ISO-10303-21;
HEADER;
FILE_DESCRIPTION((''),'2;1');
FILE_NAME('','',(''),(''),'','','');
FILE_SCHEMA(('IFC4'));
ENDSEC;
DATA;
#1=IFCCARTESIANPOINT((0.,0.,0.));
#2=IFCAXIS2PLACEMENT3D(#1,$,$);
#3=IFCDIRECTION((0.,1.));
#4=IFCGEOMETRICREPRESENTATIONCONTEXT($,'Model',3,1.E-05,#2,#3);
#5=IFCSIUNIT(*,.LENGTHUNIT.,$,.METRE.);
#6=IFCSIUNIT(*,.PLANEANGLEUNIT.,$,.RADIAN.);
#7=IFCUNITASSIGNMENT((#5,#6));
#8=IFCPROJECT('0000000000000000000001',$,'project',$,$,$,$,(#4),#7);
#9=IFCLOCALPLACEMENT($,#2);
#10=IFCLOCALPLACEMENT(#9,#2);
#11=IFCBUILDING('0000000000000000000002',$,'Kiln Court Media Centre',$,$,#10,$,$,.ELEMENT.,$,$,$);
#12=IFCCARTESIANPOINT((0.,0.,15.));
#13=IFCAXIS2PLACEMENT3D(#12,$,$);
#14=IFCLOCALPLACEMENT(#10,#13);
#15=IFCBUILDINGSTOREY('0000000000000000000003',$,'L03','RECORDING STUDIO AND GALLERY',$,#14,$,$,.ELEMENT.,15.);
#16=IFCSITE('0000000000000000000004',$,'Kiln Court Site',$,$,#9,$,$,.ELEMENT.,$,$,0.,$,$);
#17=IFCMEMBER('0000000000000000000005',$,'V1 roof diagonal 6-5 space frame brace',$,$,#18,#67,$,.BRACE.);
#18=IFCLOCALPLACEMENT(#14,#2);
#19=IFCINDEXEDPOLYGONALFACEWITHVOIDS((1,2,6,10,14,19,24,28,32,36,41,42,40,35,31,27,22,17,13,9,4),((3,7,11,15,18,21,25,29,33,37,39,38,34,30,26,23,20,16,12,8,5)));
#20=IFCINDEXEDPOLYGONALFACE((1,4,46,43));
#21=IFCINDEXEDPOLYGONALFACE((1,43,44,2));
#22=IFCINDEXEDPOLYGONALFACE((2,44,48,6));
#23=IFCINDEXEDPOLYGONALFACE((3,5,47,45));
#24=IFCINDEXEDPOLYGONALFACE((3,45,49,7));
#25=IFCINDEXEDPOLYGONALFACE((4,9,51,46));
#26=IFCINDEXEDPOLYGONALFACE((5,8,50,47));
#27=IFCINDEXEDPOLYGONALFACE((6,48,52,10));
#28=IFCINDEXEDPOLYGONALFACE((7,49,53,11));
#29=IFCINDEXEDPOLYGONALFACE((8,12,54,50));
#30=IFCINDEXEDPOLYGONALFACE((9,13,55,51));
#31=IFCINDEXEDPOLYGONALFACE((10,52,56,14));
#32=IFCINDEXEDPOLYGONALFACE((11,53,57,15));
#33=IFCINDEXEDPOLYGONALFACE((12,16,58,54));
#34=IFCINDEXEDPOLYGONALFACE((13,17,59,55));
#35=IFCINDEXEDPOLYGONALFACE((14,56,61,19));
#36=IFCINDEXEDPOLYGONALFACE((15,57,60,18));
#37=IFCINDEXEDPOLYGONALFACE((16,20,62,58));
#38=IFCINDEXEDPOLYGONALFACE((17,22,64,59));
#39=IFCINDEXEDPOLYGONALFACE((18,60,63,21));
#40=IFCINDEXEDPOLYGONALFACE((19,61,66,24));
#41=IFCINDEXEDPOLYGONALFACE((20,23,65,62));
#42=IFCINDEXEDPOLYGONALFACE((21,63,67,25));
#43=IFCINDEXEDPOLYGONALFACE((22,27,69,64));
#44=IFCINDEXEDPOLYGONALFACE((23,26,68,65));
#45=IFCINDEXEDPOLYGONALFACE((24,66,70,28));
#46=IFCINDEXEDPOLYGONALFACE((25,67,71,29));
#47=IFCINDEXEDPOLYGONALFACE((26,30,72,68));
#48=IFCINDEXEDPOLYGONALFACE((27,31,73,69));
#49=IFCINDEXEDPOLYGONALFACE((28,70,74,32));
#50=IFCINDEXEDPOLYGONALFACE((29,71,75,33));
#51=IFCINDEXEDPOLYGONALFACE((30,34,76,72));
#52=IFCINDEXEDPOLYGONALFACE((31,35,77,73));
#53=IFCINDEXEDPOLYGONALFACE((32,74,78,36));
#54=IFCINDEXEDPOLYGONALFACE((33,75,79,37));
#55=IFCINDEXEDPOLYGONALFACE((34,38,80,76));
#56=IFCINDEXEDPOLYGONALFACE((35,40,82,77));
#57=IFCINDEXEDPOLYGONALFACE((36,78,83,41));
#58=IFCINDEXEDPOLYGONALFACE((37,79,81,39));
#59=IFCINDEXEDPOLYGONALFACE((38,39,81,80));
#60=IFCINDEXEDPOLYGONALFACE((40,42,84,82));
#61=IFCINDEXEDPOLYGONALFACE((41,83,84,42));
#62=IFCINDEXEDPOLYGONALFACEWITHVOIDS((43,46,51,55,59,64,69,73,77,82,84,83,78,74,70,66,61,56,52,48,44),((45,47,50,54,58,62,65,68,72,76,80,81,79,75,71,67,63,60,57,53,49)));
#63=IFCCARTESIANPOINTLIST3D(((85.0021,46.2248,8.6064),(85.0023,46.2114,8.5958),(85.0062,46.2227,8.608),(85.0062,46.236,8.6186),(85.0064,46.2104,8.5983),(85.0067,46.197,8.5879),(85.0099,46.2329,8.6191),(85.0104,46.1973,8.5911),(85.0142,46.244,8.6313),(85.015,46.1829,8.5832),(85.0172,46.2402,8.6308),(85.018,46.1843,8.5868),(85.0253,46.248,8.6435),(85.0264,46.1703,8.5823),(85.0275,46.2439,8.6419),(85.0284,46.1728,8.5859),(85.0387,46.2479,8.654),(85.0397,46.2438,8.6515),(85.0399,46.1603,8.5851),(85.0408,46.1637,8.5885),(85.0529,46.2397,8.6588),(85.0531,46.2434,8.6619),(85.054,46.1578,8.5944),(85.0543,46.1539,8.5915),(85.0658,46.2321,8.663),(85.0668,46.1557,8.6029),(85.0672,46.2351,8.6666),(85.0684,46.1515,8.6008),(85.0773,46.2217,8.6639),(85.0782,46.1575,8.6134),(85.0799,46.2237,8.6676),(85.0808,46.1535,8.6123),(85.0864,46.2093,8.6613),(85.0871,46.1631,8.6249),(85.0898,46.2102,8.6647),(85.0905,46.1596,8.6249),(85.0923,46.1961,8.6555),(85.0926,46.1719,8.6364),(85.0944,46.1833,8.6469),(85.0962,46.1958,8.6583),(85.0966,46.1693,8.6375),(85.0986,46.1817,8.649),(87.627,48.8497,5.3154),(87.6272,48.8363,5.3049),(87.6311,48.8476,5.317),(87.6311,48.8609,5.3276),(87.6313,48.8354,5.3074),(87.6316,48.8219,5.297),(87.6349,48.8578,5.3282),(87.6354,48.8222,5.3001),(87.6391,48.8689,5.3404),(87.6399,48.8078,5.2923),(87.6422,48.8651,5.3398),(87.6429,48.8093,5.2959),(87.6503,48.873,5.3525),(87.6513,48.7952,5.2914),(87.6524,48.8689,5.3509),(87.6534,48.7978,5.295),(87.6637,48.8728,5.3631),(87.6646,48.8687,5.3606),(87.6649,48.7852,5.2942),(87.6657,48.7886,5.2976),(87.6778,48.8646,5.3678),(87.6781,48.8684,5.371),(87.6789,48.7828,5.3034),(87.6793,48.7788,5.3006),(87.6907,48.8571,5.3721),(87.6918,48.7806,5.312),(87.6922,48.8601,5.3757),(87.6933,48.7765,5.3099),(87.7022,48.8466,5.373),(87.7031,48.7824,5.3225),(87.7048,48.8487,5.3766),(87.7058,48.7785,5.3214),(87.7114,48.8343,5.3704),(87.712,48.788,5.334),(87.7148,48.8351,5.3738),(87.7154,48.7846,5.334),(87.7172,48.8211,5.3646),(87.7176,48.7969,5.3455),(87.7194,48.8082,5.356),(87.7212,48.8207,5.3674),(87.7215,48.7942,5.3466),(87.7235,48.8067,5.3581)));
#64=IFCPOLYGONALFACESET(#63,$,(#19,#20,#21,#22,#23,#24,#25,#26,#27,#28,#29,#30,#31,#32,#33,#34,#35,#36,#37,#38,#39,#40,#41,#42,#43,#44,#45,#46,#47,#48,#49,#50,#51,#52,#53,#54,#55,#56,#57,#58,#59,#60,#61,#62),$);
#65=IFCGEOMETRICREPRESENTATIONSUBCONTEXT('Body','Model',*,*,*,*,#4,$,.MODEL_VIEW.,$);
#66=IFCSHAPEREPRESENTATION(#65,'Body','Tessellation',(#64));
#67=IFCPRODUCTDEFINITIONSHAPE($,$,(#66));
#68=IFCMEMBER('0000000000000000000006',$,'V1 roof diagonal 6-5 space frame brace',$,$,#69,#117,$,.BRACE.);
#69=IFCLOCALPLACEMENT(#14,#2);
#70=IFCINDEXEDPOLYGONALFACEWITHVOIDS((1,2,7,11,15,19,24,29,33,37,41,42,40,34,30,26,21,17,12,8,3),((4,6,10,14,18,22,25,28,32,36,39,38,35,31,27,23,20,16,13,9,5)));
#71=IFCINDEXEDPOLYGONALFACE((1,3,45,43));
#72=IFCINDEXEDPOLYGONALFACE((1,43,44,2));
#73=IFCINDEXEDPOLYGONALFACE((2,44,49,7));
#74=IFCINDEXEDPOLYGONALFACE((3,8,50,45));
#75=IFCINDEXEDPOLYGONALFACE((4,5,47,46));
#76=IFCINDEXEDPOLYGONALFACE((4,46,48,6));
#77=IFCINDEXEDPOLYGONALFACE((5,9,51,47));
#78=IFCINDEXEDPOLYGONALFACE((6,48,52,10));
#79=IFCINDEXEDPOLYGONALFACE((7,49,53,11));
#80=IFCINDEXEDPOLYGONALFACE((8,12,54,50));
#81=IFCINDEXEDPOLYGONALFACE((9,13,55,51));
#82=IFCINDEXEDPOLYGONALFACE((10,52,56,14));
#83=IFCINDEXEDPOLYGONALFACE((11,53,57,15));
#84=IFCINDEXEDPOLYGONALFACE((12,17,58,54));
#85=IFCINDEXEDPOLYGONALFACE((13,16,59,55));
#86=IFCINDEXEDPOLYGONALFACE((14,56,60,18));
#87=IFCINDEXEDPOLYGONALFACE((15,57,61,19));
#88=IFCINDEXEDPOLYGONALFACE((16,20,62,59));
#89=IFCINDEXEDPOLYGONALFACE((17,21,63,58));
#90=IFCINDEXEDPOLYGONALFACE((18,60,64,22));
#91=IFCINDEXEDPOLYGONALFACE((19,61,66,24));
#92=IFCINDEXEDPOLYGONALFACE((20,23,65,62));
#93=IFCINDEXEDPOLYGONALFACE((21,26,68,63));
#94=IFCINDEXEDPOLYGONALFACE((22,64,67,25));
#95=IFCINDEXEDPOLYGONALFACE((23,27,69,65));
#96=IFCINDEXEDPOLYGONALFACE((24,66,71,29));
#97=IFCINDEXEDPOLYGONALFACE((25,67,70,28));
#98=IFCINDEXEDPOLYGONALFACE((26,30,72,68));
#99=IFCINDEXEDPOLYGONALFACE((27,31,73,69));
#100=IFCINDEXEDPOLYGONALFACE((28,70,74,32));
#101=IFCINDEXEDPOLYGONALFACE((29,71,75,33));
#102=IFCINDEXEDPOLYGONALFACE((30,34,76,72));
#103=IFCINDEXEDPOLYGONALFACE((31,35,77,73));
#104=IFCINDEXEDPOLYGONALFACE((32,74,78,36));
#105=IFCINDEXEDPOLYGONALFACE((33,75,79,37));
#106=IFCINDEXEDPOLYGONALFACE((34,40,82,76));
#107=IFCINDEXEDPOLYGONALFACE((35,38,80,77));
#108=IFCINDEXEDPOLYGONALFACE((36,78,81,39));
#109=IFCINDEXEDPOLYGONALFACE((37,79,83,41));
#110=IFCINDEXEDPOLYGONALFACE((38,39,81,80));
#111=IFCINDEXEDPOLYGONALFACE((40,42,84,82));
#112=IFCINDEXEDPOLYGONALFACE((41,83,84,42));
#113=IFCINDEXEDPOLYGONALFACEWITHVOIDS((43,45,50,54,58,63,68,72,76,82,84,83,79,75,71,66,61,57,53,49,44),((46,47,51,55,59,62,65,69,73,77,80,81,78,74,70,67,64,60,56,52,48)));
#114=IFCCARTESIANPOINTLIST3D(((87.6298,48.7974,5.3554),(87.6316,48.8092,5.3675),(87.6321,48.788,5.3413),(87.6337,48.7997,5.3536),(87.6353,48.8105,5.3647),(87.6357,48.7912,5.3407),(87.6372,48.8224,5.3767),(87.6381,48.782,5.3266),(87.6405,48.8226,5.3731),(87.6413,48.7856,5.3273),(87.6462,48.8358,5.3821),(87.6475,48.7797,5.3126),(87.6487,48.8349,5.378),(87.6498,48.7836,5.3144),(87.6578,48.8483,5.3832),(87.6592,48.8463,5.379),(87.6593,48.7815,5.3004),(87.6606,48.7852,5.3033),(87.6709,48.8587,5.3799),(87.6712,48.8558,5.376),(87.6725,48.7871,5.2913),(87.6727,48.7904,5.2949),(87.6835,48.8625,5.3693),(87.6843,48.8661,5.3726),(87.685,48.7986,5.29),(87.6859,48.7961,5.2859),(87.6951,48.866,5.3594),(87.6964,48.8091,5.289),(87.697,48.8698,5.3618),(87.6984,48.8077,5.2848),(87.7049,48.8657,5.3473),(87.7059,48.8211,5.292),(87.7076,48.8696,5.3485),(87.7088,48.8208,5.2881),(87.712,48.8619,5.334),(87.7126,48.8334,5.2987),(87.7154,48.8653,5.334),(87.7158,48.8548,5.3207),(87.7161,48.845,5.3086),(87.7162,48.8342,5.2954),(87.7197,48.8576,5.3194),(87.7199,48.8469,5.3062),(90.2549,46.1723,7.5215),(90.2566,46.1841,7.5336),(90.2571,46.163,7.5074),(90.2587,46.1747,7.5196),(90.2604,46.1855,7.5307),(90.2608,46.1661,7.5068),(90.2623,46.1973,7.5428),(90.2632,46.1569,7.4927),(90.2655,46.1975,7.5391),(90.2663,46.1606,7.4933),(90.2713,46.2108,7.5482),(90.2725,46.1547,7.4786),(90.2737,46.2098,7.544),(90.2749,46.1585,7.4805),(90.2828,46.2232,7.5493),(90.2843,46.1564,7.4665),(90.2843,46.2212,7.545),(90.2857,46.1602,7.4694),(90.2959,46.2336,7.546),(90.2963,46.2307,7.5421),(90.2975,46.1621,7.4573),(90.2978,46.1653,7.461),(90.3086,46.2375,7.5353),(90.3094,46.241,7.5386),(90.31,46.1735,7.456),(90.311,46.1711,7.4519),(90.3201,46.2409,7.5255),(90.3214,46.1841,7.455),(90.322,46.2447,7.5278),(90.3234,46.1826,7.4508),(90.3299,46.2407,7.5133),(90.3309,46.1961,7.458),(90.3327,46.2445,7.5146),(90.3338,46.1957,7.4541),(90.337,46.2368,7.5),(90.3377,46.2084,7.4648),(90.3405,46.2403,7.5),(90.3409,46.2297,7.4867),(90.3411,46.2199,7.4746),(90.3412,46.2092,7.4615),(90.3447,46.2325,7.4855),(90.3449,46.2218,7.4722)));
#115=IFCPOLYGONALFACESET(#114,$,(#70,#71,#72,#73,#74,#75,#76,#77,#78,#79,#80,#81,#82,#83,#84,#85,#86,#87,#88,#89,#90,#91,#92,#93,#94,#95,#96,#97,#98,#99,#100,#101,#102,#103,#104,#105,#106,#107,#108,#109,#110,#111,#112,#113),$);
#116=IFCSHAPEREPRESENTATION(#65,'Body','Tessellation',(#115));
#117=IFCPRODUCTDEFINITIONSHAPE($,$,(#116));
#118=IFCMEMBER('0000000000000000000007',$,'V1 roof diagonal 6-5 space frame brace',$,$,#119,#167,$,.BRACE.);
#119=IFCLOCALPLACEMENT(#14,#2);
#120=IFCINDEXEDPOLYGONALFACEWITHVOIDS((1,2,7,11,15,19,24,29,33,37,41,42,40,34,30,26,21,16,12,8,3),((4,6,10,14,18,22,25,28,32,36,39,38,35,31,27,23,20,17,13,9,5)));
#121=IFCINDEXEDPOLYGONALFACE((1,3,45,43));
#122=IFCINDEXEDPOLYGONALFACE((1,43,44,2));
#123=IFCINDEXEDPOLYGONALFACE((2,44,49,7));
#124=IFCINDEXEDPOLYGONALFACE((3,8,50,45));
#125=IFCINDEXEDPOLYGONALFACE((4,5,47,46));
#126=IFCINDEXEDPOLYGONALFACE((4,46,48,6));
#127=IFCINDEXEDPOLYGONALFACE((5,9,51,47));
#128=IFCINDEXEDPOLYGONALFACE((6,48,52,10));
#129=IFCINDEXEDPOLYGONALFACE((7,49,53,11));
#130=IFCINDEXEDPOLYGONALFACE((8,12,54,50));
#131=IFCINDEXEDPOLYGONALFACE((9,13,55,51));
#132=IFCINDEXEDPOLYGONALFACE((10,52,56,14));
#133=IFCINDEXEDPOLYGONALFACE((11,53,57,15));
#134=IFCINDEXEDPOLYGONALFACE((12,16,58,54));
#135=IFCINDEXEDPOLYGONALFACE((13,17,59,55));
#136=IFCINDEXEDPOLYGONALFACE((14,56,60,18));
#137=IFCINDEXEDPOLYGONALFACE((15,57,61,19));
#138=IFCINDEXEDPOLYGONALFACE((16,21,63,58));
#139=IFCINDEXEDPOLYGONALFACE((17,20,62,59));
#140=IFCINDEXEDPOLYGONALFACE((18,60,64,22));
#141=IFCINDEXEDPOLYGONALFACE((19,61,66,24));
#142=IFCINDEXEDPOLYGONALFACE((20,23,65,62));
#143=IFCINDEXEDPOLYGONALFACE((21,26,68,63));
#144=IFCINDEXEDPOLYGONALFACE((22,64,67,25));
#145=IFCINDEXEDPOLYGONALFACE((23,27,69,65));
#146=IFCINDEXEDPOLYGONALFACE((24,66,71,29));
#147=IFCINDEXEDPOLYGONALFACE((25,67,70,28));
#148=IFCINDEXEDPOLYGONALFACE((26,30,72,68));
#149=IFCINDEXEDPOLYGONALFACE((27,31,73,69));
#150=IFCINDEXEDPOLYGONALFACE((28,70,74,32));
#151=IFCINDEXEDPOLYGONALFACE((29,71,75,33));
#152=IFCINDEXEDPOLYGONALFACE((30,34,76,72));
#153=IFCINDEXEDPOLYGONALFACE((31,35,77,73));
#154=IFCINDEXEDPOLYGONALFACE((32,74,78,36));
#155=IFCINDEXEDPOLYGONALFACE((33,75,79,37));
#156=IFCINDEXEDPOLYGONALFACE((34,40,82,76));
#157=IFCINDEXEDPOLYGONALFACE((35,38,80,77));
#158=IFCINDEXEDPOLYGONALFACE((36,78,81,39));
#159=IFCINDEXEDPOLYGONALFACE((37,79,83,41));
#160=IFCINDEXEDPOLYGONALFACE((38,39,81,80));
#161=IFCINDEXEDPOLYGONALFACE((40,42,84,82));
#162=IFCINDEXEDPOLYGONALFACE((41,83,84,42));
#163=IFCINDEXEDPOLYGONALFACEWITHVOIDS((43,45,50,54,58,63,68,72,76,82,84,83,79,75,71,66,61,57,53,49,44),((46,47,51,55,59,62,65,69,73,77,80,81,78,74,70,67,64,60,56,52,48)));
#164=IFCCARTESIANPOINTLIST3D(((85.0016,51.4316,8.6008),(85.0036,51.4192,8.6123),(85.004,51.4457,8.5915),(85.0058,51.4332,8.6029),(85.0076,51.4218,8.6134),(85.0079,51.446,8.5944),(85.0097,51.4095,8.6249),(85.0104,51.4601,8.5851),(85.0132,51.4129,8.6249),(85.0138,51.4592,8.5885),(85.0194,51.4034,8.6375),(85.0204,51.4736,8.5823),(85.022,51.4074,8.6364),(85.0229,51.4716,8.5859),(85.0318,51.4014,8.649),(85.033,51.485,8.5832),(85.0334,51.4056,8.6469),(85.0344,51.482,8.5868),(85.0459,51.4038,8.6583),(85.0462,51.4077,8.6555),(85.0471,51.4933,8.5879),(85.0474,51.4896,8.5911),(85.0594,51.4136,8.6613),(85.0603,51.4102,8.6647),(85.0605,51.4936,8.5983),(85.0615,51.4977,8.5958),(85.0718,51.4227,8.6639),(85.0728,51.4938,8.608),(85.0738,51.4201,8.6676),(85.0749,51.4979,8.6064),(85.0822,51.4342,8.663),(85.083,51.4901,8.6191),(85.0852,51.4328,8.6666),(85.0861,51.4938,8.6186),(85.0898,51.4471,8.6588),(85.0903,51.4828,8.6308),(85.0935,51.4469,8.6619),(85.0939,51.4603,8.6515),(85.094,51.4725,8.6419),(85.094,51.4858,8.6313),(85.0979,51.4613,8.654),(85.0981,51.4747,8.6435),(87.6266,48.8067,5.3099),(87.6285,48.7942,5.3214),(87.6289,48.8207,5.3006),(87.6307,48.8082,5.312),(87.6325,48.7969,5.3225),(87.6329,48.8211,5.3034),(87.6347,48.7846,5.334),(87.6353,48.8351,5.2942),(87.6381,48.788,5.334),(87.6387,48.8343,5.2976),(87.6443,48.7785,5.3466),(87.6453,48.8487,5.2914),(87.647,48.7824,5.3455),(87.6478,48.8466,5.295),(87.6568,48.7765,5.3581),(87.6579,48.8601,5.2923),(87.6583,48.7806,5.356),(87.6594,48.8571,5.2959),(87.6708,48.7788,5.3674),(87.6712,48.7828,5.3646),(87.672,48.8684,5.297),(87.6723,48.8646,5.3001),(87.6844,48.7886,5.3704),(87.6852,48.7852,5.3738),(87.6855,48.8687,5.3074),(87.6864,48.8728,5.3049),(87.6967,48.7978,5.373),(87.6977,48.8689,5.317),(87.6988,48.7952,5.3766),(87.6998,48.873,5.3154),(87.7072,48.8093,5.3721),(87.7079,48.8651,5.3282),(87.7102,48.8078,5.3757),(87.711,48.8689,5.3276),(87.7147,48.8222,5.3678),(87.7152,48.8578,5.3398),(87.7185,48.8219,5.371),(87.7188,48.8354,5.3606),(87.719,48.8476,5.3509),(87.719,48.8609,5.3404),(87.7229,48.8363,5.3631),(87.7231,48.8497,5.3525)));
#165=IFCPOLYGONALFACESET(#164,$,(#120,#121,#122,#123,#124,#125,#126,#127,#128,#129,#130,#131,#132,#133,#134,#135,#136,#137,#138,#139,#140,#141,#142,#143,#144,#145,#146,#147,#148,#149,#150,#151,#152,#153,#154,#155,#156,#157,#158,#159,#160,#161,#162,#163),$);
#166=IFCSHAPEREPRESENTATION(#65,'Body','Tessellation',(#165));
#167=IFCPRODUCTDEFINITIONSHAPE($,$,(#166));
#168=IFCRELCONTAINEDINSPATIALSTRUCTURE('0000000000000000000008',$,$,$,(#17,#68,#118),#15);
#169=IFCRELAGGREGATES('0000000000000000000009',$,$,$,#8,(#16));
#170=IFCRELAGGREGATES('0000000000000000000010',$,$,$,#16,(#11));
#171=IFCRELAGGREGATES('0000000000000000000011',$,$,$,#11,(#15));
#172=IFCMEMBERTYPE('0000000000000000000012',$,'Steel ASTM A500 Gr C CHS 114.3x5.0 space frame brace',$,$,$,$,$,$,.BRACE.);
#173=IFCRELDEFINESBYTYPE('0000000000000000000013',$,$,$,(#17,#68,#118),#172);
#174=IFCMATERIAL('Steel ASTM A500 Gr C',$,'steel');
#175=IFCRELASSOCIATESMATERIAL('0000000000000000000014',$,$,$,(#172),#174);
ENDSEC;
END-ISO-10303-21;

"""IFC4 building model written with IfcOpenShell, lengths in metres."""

from ifc_helpers import new_model, si_unit, direction, frame, origin, origin_2d, place, context, subcontext, project, spatial, hollow_circle, extrude, material, material_profile, profile_set, type_object, element, save


model = new_model("IFC4")

# Units and contexts
model_context = context("Model", 3, precision=1e-05, world=origin(), true_north=direction((0.0, 1.0)))
body_context = subcontext(model_context, "Body", "Model", "MODEL_VIEW")
ifc_project = project(units=[si_unit("LENGTHUNIT", "METRE"), si_unit("PLANEANGLEUNIT", "RADIAN")], contexts=[model_context])

# Site, building, storey
site_placement = place(None, origin())
site = spatial("IfcSite", under=ifc_project, at=site_placement, Name="Kiln Court Site", CompositionType="ELEMENT", RefElevation=0.0)
building_placement = place(site_placement, origin())
building = spatial("IfcBuilding", under=site, at=building_placement, Name="Kiln Court Media Centre", CompositionType="ELEMENT")
storey_placement = place(building_placement, frame((0.0, 0.0, 15.0)))
storey = spatial("IfcBuildingStorey", under=building, at=storey_placement, Name="L03", Description="RECORDING STUDIO AND GALLERY", CompositionType="ELEMENT", Elevation=15.0)

# Members
ifc_material_1 = material(Name="Steel ASTM A500 Gr C", Category="steel")
ifc_material_profile_1 = material_profile(ifc_material_1, hollow_circle(Radius=0.0571, WallThickness=0.0049, at=origin_2d()), Name="CHS 114.3x5.0")
ifc_profile_set_1 = profile_set([ifc_material_profile_1], Name="Steel ASTM A500 Gr C")
member_type_1 = type_object("IfcMemberType", Name="Steel ASTM A500 Gr C CHS 114.3x5.0 space frame brace", PredefinedType="BRACE", material=ifc_profile_set_1)
member_1_placement = place(storey_placement, frame((87.675, 48.825, 5.334), z_axis=(-0.529122, -0.529122, 0.663371), x_axis=(0.707107, -0.707107, 0.0)))
element("IfcMember", 1, at=member_1_placement, inside=storey, type_object=member_type_1, Name="V1 roof diagonal 6-5 space frame brace", PredefinedType="BRACE", context=body_context, shape_type="SweptSolid", body=[
    extrude(hollow_circle(Radius=0.0571, WallThickness=0.0049, at=origin_2d()), origin(), (0.0, 0.0, 1.0), 4.9609),
])
member_2_placement = place(storey_placement, frame((87.675, 48.825, 5.334), z_axis=(0.610748, -0.610748, 0.503958), x_axis=(0.707107, 0.707107, 0.0)))
element("IfcMember", 2, at=member_2_placement, inside=storey, type_object=member_type_1, Name="V1 roof diagonal 6-5 space frame brace", PredefinedType="BRACE", context=body_context, shape_type="SweptSolid", body=[
    extrude(hollow_circle(Radius=0.0571, WallThickness=0.0049, at=origin_2d()), origin(), (0.0, 0.0, 1.0), 4.2981),
])
member_3_placement = place(storey_placement, frame((87.675, 48.825, 5.334), z_axis=(-0.529122, 0.529122, 0.663371), x_axis=(-0.707107, -0.707107, 0.0)))
element("IfcMember", 3, at=member_3_placement, inside=storey, type_object=member_type_1, Name="V1 roof diagonal 6-5 space frame brace", PredefinedType="BRACE", context=body_context, shape_type="SweptSolid", body=[
    extrude(hollow_circle(Radius=0.0571, WallThickness=0.0049, at=origin_2d()), origin(), (0.0, 0.0, 1.0), 4.9609),
])

save(model, "model.ifc")
